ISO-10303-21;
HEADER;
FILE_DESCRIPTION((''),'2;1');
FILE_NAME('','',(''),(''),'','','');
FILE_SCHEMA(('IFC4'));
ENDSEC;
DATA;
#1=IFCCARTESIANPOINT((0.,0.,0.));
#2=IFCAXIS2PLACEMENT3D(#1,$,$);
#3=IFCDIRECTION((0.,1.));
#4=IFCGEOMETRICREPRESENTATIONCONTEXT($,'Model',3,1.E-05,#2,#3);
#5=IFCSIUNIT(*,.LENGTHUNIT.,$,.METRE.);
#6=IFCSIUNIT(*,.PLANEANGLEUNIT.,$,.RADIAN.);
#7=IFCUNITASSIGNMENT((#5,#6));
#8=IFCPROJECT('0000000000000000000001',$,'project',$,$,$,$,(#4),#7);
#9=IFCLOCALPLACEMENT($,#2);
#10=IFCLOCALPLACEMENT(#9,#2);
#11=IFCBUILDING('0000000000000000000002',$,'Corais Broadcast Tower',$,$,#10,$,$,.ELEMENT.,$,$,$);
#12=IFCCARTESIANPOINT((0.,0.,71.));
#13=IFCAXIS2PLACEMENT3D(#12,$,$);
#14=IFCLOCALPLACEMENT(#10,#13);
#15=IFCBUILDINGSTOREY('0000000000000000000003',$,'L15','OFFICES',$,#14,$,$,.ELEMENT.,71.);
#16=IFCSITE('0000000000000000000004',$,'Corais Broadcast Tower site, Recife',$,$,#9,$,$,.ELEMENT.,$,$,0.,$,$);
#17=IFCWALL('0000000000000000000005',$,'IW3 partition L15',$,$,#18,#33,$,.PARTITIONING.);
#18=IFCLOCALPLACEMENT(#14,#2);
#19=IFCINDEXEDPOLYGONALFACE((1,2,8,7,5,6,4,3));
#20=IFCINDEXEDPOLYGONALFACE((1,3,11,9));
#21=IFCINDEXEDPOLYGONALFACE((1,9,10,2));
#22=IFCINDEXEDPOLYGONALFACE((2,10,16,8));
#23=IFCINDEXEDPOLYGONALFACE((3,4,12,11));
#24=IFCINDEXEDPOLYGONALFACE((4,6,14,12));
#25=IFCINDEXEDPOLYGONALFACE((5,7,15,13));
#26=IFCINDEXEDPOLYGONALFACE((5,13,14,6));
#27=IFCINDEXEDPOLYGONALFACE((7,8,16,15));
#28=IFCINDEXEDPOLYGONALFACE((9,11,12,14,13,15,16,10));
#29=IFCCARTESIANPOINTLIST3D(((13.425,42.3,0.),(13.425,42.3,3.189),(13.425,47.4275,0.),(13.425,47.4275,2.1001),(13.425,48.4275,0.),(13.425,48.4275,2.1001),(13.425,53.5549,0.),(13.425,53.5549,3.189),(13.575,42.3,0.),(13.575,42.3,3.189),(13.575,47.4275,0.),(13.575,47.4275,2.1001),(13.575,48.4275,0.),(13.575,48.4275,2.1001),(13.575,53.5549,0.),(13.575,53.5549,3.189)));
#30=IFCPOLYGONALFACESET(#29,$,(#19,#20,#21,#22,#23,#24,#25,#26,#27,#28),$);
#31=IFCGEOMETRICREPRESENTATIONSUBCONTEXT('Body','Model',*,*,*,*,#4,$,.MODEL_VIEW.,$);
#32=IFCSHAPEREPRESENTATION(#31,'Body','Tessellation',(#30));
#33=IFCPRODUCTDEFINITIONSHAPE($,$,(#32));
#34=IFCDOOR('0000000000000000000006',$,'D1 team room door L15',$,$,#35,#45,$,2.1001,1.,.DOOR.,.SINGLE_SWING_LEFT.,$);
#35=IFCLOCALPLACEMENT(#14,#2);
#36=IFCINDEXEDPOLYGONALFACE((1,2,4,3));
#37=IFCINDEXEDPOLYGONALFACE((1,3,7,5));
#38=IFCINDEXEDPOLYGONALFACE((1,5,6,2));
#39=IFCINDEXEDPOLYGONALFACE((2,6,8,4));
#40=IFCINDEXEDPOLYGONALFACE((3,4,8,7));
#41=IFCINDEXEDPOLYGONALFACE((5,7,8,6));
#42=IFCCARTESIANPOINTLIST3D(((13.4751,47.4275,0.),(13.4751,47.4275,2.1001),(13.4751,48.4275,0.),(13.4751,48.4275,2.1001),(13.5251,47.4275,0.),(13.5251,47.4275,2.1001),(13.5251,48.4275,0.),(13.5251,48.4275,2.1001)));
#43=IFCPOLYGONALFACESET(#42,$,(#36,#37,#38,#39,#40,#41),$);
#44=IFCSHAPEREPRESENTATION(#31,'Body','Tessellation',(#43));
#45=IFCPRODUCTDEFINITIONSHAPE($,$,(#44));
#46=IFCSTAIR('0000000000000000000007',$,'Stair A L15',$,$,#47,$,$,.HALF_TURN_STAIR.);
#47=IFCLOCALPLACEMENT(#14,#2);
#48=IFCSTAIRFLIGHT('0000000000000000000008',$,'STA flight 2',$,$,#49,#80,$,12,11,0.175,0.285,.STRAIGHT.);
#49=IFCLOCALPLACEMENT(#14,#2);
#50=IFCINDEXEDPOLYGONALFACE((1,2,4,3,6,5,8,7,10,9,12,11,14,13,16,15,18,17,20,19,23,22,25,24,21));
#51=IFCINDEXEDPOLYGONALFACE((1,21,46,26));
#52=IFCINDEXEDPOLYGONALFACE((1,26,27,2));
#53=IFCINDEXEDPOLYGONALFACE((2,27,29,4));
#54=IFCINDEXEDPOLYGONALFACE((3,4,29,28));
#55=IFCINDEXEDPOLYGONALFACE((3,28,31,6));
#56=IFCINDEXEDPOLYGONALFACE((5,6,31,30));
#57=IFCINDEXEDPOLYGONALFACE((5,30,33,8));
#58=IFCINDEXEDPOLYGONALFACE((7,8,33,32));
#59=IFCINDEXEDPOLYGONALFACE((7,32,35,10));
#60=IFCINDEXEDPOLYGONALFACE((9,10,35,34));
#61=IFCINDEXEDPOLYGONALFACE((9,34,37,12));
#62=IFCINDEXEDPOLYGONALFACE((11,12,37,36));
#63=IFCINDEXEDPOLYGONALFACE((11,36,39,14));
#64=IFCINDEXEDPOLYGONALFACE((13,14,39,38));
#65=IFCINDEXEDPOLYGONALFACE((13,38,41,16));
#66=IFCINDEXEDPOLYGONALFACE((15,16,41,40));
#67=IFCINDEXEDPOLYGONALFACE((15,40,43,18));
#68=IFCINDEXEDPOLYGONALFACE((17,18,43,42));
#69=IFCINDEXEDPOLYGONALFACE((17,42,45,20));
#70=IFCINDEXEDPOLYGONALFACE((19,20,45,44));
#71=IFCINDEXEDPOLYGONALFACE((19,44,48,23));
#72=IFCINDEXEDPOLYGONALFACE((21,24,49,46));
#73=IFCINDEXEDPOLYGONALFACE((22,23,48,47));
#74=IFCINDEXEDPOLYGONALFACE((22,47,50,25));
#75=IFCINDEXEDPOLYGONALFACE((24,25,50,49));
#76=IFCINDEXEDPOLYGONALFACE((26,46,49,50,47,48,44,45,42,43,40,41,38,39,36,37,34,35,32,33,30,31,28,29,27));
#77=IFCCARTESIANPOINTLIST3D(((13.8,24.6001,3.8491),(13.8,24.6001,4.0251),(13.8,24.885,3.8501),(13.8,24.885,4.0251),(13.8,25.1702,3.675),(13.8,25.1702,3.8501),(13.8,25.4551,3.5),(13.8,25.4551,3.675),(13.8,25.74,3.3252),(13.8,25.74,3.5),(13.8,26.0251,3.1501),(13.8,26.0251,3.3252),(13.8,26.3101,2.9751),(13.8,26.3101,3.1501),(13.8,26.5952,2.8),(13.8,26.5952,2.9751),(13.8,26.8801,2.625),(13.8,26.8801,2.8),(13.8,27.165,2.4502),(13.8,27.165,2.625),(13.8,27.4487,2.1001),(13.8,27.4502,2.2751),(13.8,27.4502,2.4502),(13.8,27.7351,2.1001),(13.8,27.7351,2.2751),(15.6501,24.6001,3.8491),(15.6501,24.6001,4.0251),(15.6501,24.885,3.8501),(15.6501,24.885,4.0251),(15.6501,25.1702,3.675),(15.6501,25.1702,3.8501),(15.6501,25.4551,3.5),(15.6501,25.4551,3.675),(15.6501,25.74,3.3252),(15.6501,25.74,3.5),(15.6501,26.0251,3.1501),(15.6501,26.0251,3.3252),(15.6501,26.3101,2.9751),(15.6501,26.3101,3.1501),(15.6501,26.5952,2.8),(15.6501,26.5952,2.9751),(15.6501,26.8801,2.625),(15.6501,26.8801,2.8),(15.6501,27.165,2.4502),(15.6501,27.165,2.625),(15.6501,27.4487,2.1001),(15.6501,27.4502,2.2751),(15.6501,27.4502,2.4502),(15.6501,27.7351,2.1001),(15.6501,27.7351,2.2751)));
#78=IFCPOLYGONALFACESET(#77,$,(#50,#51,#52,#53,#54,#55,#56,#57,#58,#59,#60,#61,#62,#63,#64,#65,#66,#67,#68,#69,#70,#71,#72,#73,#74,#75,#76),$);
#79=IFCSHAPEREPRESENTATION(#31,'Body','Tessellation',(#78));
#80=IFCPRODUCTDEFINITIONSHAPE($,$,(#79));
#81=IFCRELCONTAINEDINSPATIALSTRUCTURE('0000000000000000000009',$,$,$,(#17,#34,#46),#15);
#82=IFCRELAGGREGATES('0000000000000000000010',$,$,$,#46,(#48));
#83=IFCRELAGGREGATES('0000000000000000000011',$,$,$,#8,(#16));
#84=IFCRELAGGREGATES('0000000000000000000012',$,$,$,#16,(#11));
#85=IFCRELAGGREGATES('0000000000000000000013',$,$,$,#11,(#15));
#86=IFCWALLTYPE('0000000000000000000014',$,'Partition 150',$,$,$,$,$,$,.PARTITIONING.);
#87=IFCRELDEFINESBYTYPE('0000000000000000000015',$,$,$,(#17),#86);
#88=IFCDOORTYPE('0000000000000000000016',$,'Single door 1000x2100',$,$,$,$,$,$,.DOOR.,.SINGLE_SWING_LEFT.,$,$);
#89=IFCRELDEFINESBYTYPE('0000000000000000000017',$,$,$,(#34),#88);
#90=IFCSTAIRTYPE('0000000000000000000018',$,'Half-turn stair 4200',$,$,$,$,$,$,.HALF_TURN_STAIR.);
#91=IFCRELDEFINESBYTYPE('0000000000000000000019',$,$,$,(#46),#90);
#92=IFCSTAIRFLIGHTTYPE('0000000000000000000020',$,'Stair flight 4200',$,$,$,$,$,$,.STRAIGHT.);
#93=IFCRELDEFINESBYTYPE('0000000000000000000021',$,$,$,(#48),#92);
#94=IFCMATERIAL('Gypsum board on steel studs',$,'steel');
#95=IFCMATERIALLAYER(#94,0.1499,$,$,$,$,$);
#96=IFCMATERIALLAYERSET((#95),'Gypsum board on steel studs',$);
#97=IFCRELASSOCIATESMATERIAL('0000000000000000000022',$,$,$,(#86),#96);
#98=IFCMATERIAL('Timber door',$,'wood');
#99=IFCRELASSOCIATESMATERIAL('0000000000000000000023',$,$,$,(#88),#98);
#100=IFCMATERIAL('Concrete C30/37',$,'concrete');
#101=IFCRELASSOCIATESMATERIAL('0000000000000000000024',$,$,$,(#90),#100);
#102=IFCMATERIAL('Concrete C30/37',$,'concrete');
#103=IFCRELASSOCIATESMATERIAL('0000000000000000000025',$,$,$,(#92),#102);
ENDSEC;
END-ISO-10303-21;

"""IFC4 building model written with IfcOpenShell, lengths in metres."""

from ifc_helpers import new_model, si_unit, direction, frame, frame_2d, origin, place, context, subcontext, project, spatial, polyline, rectangle, outline, extrude, material, layer, layer_set, type_object, element, fill, aggregate, save


model = new_model("IFC4")

# Units and contexts
model_context = context("Model", 3, precision=1e-05, world=origin(), true_north=direction((0.0, 1.0)))
body_context = subcontext(model_context, "Body", "Model", "MODEL_VIEW")
ifc_project = project(units=[si_unit("LENGTHUNIT", "METRE"), si_unit("PLANEANGLEUNIT", "RADIAN")], contexts=[model_context])

# Site, building, storey
site_placement = place(None, origin())
site = spatial("IfcSite", under=ifc_project, at=site_placement, Name="Corais Broadcast Tower site, Recife", CompositionType="ELEMENT", RefElevation=0.0)
building_placement = place(site_placement, origin())
building = spatial("IfcBuilding", under=site, at=building_placement, Name="Corais Broadcast Tower", CompositionType="ELEMENT")
storey_placement = place(building_placement, frame((0.0, 0.0, 71.0)))
storey = spatial("IfcBuildingStorey", under=building, at=storey_placement, Name="L15", Description="OFFICES", CompositionType="ELEMENT", Elevation=71.0)

# Shared definitions
ifc_material_1 = material(Name="Gypsum board on steel studs", Category="steel")
ifc_layer_1 = layer(ifc_material_1, 0.1499)
ifc_layer_set_1 = layer_set([ifc_layer_1], Name="Gypsum board on steel studs")
wall_type_1 = type_object("IfcWallType", Name="Partition 150", PredefinedType="PARTITIONING", material=ifc_layer_set_1)
ifc_material_2 = material(Name="Timber door", Category="wood")
door_type_1 = type_object("IfcDoorType", Name="Single door 1000x2100", OperationType="SINGLE_SWING_LEFT", PredefinedType="DOOR", material=ifc_material_2)

# Wall, opening, door
wall_1_placement = place(storey_placement, frame((13.5, 42.3, 0.0), z_axis=(0.0, 0.0, 1.0), x_axis=(0.0, 1.0, 0.0)))
wall_1 = element("IfcWall", 1, at=wall_1_placement, inside=storey, type_object=wall_type_1, Name="IW3 partition L15", PredefinedType="PARTITIONING", context=body_context, shape_type="SweptSolid", body=[
    extrude(rectangle(XDim=11.2549, YDim=0.1499, at=frame_2d((5.6274, 0.0))), origin(), (0.0, 0.0, 1.0), 3.189),
])
opening_1_placement = place(wall_1_placement, frame((5.1274, 0.0, 0.0)))
opening_1 = element("IfcOpeningElement", 2, at=opening_1_placement, cuts=wall_1, PredefinedType="OPENING", context=body_context, shape_type="SweptSolid", body=[
    extrude(rectangle(XDim=1.0, YDim=2.1001, at=frame_2d((0.5, 1.05))), frame((0.0, 0.085, 0.0), z_axis=(0.0, -1.0, 0.0), x_axis=(1.0, 0.0, 0.0)), (0.0, 0.0, 1.0), 0.1699),
])
door_1_placement = place(opening_1_placement, origin())
door_1 = element("IfcDoor", 3, at=door_1_placement, inside=storey, type_object=door_type_1, Name="D1 team room door L15", OperationType="SINGLE_SWING_LEFT", OverallHeight=2.1001, OverallWidth=1.0, PredefinedType="DOOR", context=body_context, shape_type="SweptSolid", body=[
    extrude(rectangle(XDim=1.0, YDim=2.1001, at=frame_2d((0.5, 1.05))), frame((0.0, 0.0249, 0.0), z_axis=(0.0, -1.0, 0.0), x_axis=(1.0, 0.0, 0.0)), (0.0, 0.0, 1.0), 0.05),
])
fill(opening_1, door_1)

# Stair, stair flight
ifc_material_3 = material(Name="Concrete C30/37", Category="concrete")
stair_type = type_object("IfcStairType", Name="Half-turn stair 4200", PredefinedType="HALF_TURN_STAIR", material=ifc_material_3)
stair_placement = place(storey_placement, origin())
stair = element("IfcStair", 4, at=stair_placement, inside=storey, type_object=stair_type, Name="Stair A L15", PredefinedType="HALF_TURN_STAIR")
ifc_material_4 = material(Name="Concrete C30/37", Category="concrete")
stair_flight_type = type_object("IfcStairFlightType", Name="Stair flight 4200", PredefinedType="STRAIGHT", material=ifc_material_4)
stair_flight_placement = place(storey_placement, frame((14.7251, 27.7351, 2.1001), z_axis=(0.0, 0.0, 1.0), x_axis=(0.0, -1.0, 0.0)))
stair_flight = element("IfcStairFlight", 5, at=stair_flight_placement, type_object=stair_flight_type, Name="STA flight 2", NumberOfRisers=12, NumberOfTreads=11, PredefinedType="STRAIGHT", RiserHeight=0.175, TreadLength=0.285, context=body_context, shape_type="SweptSolid", body=[
    extrude(outline(polyline([(0.0, 0.0), (0.0, 0.175), (0.2849, 0.175), (0.2849, 0.3501), (0.5701, 0.3501), (0.5701, 0.5249), (0.855, 0.5249), (0.855, 0.7), (1.1399, 0.7), (1.1399, 0.875), (1.425, 0.875), (1.425, 1.05), (1.71, 1.05), (1.71, 1.2251), (1.9951, 1.2251), (1.9951, 1.3999), (2.28, 1.3999), (2.28, 1.575), (2.5649, 1.575), (2.5649, 1.75), (2.8501, 1.75), (2.8501, 1.925), (3.135, 1.925), (3.135, 2.1001), (3.135, 1.749), (0.2864, 0.0), (0.0, 0.0)])), frame((0.0, 0.925, 0.0), z_axis=(0.0, -1.0, 0.0), x_axis=(1.0, 0.0, 0.0)), (0.0, 0.0, 1.0), 1.8501),
])
aggregate(stair, [stair_flight])

save(model, "model.ifc")
